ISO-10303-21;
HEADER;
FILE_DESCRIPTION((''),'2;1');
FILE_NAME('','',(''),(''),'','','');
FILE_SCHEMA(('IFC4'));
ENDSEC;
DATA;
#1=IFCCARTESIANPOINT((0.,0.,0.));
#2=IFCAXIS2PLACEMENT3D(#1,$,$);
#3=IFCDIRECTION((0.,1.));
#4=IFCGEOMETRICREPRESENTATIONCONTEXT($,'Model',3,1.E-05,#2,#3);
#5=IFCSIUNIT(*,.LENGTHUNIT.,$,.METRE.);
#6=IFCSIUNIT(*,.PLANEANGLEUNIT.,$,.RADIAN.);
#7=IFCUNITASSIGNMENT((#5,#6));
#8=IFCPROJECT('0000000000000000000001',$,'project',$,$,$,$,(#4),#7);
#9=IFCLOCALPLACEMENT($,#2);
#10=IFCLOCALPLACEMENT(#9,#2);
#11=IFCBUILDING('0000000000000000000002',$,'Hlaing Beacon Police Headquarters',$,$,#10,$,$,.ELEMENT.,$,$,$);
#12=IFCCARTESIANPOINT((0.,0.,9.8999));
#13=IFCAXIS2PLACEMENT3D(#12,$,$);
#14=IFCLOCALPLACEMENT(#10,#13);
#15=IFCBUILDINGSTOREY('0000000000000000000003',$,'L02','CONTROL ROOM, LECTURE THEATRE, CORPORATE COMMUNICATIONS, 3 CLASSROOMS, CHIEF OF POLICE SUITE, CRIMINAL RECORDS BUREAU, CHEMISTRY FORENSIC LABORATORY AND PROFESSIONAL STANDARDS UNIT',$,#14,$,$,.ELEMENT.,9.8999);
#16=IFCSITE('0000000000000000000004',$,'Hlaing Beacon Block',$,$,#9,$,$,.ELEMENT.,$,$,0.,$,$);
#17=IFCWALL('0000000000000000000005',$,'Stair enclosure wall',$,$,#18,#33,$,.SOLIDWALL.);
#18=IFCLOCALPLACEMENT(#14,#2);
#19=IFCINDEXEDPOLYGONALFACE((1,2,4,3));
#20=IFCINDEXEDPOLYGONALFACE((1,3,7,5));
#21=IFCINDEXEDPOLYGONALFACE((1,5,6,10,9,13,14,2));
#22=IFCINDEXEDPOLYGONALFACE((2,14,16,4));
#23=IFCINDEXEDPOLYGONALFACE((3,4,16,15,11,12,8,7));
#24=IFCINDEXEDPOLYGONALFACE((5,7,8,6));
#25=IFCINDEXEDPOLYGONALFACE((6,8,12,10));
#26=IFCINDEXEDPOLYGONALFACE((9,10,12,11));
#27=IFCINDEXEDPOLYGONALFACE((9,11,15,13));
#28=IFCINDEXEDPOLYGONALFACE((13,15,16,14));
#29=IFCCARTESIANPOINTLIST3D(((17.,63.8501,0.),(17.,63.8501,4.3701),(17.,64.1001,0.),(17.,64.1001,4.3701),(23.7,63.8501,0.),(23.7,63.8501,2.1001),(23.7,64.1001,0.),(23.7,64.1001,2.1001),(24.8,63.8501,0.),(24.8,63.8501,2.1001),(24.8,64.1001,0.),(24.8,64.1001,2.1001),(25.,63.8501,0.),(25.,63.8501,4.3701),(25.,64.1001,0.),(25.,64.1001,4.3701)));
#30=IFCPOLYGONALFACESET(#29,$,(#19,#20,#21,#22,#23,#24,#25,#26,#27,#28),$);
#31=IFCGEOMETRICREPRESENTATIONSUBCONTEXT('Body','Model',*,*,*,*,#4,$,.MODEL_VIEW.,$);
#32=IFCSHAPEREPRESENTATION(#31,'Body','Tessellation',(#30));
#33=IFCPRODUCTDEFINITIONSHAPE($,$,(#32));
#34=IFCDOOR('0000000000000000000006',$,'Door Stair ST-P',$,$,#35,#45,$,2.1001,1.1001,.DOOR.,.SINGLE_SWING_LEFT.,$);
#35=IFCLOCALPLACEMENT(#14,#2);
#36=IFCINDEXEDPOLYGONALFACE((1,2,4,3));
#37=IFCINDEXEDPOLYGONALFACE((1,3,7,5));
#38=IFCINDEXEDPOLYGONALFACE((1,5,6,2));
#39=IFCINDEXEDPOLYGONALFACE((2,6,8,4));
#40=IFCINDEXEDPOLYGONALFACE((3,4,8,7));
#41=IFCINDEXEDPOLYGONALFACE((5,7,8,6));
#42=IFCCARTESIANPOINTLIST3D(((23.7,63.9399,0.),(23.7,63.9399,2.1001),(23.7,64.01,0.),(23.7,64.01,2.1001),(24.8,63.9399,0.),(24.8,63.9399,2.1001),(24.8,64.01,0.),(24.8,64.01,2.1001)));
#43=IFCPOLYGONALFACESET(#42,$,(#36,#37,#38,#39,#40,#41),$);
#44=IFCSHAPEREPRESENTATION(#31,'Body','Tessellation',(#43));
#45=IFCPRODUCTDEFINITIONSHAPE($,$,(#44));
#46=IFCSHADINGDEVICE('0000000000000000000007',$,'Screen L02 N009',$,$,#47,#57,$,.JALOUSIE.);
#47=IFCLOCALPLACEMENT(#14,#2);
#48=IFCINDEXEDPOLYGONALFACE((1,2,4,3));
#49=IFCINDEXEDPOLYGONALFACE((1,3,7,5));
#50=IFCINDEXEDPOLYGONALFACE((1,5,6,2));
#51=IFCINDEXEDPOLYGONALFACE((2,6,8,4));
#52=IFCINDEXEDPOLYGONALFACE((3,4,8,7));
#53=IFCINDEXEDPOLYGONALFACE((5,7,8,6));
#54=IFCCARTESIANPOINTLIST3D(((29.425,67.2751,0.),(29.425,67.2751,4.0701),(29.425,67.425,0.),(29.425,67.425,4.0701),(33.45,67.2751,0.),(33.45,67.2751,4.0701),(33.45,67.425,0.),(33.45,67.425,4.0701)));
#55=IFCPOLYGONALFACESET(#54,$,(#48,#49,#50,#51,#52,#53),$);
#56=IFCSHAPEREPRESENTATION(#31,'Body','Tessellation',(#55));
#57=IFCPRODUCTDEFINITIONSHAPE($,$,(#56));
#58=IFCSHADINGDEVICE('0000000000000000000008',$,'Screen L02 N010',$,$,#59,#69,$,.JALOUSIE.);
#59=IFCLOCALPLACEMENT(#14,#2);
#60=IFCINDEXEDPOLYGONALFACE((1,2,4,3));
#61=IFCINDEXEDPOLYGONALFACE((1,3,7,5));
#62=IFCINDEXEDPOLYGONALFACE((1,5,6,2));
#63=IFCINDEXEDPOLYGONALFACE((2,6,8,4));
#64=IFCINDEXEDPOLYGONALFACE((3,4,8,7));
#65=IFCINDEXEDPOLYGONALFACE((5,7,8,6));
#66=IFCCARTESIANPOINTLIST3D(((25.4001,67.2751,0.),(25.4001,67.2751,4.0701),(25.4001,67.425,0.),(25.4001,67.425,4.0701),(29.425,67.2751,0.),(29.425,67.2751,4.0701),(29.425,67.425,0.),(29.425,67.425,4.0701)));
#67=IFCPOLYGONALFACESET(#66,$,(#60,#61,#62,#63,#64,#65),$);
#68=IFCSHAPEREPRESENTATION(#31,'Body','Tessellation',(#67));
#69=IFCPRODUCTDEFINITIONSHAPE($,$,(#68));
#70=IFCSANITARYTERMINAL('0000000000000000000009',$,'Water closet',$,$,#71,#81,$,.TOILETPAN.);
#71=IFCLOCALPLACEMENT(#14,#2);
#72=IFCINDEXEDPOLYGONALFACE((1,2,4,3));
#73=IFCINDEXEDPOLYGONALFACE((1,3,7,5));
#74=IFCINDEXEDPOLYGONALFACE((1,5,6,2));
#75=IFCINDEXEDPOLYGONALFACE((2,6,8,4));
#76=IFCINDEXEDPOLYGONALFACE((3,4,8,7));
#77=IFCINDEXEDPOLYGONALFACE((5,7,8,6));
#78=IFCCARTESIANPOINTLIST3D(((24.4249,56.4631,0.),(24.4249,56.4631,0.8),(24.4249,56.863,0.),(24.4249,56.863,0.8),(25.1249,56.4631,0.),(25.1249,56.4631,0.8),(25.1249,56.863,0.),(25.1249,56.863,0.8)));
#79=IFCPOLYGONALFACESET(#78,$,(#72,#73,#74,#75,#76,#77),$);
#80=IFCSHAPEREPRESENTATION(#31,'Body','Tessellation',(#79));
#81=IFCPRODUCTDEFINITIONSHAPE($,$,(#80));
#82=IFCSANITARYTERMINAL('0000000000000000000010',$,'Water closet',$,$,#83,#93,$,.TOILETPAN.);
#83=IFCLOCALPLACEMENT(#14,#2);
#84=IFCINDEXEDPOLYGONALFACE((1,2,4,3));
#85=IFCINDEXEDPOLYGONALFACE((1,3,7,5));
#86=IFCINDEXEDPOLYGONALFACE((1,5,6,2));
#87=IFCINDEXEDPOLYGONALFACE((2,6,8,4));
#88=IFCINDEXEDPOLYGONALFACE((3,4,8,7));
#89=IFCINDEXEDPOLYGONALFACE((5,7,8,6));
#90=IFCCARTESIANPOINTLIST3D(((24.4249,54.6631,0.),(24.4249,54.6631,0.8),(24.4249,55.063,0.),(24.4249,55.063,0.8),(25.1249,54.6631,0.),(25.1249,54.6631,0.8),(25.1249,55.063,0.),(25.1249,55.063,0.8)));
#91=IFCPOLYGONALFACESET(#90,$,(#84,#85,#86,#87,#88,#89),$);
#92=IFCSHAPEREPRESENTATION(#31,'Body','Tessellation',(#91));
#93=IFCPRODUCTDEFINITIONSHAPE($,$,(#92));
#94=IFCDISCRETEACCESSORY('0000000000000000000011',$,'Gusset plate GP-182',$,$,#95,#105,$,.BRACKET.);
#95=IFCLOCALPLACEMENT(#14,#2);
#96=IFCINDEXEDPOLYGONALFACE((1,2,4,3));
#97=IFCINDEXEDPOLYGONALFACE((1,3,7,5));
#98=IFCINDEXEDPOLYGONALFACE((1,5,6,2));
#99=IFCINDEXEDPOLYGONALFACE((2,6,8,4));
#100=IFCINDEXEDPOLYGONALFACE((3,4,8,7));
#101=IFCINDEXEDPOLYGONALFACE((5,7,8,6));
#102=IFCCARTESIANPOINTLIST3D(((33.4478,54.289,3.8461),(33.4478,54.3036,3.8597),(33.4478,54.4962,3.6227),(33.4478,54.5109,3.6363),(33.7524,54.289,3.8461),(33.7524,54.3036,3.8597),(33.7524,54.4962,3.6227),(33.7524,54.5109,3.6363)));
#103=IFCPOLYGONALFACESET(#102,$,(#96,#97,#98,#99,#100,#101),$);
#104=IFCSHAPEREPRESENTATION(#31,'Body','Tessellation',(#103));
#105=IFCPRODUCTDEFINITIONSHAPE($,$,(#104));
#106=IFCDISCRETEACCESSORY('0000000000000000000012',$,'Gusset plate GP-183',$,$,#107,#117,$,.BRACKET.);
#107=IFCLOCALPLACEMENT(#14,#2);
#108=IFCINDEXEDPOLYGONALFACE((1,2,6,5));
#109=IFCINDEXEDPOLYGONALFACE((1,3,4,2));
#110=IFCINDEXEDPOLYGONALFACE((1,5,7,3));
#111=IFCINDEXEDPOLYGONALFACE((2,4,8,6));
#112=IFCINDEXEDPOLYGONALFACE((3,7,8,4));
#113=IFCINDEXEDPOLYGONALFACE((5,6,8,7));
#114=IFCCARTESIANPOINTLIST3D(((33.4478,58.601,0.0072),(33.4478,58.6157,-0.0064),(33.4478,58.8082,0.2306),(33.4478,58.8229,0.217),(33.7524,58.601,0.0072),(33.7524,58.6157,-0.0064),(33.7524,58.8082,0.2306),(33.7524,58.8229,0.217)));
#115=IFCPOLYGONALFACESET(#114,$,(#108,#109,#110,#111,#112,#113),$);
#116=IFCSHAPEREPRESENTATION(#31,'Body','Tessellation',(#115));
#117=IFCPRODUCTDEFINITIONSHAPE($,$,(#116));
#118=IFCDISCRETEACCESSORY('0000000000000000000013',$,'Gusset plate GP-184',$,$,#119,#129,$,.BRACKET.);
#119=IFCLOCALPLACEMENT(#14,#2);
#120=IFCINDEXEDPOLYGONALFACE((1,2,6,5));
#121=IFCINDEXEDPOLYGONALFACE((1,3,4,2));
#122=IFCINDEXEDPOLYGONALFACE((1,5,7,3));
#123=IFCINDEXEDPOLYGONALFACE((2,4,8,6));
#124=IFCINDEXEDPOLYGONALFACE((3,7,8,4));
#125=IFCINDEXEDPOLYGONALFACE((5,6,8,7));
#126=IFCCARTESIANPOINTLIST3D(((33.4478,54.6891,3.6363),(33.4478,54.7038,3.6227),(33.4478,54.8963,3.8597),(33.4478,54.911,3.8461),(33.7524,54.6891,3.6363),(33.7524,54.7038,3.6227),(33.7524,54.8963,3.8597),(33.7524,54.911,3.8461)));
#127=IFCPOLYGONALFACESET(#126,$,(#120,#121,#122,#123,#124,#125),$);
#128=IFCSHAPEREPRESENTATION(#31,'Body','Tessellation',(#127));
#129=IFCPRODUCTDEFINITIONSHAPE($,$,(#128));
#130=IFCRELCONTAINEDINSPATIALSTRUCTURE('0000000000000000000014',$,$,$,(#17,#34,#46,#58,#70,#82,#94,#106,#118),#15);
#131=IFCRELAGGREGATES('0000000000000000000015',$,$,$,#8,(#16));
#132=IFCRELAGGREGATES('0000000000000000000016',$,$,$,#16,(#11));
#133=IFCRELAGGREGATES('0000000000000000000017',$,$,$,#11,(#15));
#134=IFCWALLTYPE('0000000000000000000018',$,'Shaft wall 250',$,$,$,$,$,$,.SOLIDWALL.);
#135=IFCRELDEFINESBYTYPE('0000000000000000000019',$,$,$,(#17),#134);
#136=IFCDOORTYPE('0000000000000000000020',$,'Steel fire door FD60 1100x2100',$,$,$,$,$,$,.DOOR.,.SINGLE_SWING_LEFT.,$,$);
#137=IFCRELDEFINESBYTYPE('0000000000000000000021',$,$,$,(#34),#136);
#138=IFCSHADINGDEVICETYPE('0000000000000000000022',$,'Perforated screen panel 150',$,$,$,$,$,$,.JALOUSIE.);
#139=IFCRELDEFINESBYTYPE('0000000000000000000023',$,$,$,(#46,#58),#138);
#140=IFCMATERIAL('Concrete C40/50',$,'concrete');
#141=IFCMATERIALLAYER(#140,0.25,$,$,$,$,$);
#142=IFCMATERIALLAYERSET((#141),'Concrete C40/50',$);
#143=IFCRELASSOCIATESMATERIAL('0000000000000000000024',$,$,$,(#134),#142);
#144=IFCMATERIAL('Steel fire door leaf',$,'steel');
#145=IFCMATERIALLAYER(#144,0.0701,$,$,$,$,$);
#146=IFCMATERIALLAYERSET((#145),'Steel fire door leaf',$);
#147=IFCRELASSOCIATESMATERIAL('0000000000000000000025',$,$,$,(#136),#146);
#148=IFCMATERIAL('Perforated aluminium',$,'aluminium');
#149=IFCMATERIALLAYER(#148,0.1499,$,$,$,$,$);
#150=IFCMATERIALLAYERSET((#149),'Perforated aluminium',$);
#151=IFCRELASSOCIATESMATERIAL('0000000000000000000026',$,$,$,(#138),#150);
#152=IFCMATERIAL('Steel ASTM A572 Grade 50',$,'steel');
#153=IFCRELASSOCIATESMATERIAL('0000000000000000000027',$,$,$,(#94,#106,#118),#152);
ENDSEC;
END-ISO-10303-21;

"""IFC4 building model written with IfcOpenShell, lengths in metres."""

from ifc_helpers import new_model, si_unit, direction, frame, frame_2d, origin, origin_2d, place, context, subcontext, project, spatial, rectangle, extrude, material, layer, layer_set, type_object, element, fill, save


model = new_model("IFC4")

# Units and contexts
model_context = context("Model", 3, precision=1e-05, world=origin(), true_north=direction((0.0, 1.0)))
body_context = subcontext(model_context, "Body", "Model", "MODEL_VIEW")
ifc_project = project(units=[si_unit("LENGTHUNIT", "METRE"), si_unit("PLANEANGLEUNIT", "RADIAN")], contexts=[model_context])

# Site, building, storey
site_placement = place(None, origin())
site = spatial("IfcSite", under=ifc_project, at=site_placement, Name="Hlaing Beacon Block", CompositionType="ELEMENT", RefElevation=0.0)
building_placement = place(site_placement, origin())
building = spatial("IfcBuilding", under=site, at=building_placement, Name="Hlaing Beacon Police Headquarters", CompositionType="ELEMENT")
storey_placement = place(building_placement, frame((0.0, 0.0, 9.8999)))
storey = spatial("IfcBuildingStorey", under=building, at=storey_placement, Name="L02", Description="CONTROL ROOM, LECTURE THEATRE, CORPORATE COMMUNICATIONS, 3 CLASSROOMS, CHIEF OF POLICE SUITE, CRIMINAL RECORDS BUREAU, CHEMISTRY FORENSIC LABORATORY AND PROFESSIONAL STANDARDS UNIT", CompositionType="ELEMENT", Elevation=9.8999)

# Wall, opening, door
ifc_material_1 = material(Name="Concrete C40/50", Category="concrete")
ifc_layer_1 = layer(ifc_material_1, 0.25)
ifc_layer_set_1 = layer_set([ifc_layer_1], Name="Concrete C40/50")
wall_type_1 = type_object("IfcWallType", Name="Shaft wall 250", PredefinedType="SOLIDWALL", material=ifc_layer_set_1)
wall_1_placement = place(storey_placement, frame((25.0, 63.9751, 0.0), z_axis=(0.0, 0.0, 1.0), x_axis=(-1.0, 0.0, 0.0)))
wall_1 = element("IfcWall", 1, at=wall_1_placement, inside=storey, type_object=wall_type_1, Name="Stair enclosure wall", PredefinedType="SOLIDWALL", context=body_context, shape_type="SweptSolid", body=[
    extrude(rectangle(XDim=8.0, YDim=0.25, at=frame_2d((4.0, 0.0))), origin(), (0.0, 0.0, 1.0), 4.3701),
])
opening_1_placement = place(wall_1_placement, frame((0.2, 0.0, 0.0)))
opening_1 = element("IfcOpeningElement", 2, at=opening_1_placement, cuts=wall_1, PredefinedType="OPENING", context=body_context, shape_type="SweptSolid", body=[
    extrude(rectangle(XDim=1.1001, YDim=2.1001, at=frame_2d((0.55, 1.05))), frame((0.0, 0.135, 0.0), z_axis=(0.0, -1.0, 0.0), x_axis=(1.0, 0.0, 0.0)), (0.0, 0.0, 1.0), 0.27),
])
ifc_material_2 = material(Name="Steel fire door leaf", Category="steel")
ifc_layer_2 = layer(ifc_material_2, 0.0701)
ifc_layer_set_2 = layer_set([ifc_layer_2], Name="Steel fire door leaf")
door_type_1 = type_object("IfcDoorType", Name="Steel fire door FD60 1100x2100", OperationType="SINGLE_SWING_LEFT", PredefinedType="DOOR", material=ifc_layer_set_2)
door_1_placement = place(opening_1_placement, frame((1.1001, 0.0, 0.0), z_axis=(0.0, 0.0, 1.0), x_axis=(-1.0, 0.0, 0.0)))
door_1 = element("IfcDoor", 3, at=door_1_placement, inside=storey, type_object=door_type_1, Name="Door Stair ST-P", OperationType="SINGLE_SWING_LEFT", OverallHeight=2.1001, OverallWidth=1.1001, PredefinedType="DOOR", context=body_context, shape_type="SweptSolid", body=[
    extrude(rectangle(XDim=1.1001, YDim=2.1001, at=frame_2d((0.55, 1.05))), frame((0.0, 0.0349, 0.0), z_axis=(0.0, -1.0, 0.0), x_axis=(1.0, 0.0, 0.0)), (0.0, 0.0, 1.0), 0.0701),
])
fill(opening_1, door_1)

# Shading devices
ifc_material_3 = material(Name="Perforated aluminium", Category="aluminium")
ifc_layer_3 = layer(ifc_material_3, 0.1499)
ifc_layer_set_3 = layer_set([ifc_layer_3], Name="Perforated aluminium")
shading_device_type = type_object("IfcShadingDeviceType", Name="Perforated screen panel 150", PredefinedType="JALOUSIE", material=ifc_layer_set_3)
for number, where, z_axis, x_axis, name in (
    (4, (31.4375, 67.3501, 0.0), (0.0, 0.0, 1.0), (-1.0, 0.0, 0.0), "Screen L02 N009"),
    (5, (27.4126, 67.3501, 0.0), (0.0, 0.0, 1.0), (-1.0, 0.0, 0.0), "Screen L02 N010"),
):
    element("IfcShadingDevice", number, at=place(storey_placement, frame(where, z_axis=z_axis, x_axis=x_axis)), inside=storey, type_object=shading_device_type, Name=name, PredefinedType="JALOUSIE", context=body_context, shape_type="SweptSolid", body=[
        extrude(rectangle(XDim=4.0249, YDim=0.1499, at=origin_2d()), origin(), (0.0, 0.0, 1.0), 4.0701),
    ])

# Sanitary terminals
for number, where, z_axis, x_axis, name in (
    (6, (24.7749, 56.6631, 0.0), (0.0, 0.0, 1.0), (1.0, 0.0, 0.0), "Water closet"),
    (7, (24.7749, 54.863, 0.0), (0.0, 0.0, 1.0), (1.0, 0.0, 0.0), "Water closet"),
):
    element("IfcSanitaryTerminal", number, at=place(storey_placement, frame(where, z_axis=z_axis, x_axis=x_axis)), inside=storey, Name=name, PredefinedType="TOILETPAN", context=body_context, shape_type="SweptSolid", body=[
        extrude(rectangle(XDim=0.7, YDim=0.3999, at=origin_2d()), origin(), (0.0, 0.0, 1.0), 0.8),
    ])

# Discrete accessories
ifc_material_4 = material(Name="Steel ASTM A572 Grade 50", Category="steel")
for number, where, z_axis, x_axis, name in (
    (8, (33.6001, 54.3926, 3.7344), (0.0, 0.733101, 0.680119), (-1.0, 0.0, 0.0), "Gusset plate GP-182"),
    (9, (33.6001, 58.7046, 0.1189), (0.0, 0.733101, -0.680119), (-1.0, 0.0, 0.0), "Gusset plate GP-183"),
    (10, (33.6001, 54.8074, 3.7344), (0.0, -0.733101, 0.680119), (1.0, 0.0, 0.0), "Gusset plate GP-184"),
):
    element("IfcDiscreteAccessory", number, at=place(storey_placement, frame(where, z_axis=z_axis, x_axis=x_axis)), inside=storey, material=ifc_material_4, Name=name, PredefinedType="BRACKET", context=body_context, shape_type="SweptSolid", body=[
        extrude(rectangle(XDim=0.3047, YDim=0.3047, at=origin_2d()), origin(), (0.0, 0.0, 1.0), 0.02),
    ])

save(model, "model.ifc")
